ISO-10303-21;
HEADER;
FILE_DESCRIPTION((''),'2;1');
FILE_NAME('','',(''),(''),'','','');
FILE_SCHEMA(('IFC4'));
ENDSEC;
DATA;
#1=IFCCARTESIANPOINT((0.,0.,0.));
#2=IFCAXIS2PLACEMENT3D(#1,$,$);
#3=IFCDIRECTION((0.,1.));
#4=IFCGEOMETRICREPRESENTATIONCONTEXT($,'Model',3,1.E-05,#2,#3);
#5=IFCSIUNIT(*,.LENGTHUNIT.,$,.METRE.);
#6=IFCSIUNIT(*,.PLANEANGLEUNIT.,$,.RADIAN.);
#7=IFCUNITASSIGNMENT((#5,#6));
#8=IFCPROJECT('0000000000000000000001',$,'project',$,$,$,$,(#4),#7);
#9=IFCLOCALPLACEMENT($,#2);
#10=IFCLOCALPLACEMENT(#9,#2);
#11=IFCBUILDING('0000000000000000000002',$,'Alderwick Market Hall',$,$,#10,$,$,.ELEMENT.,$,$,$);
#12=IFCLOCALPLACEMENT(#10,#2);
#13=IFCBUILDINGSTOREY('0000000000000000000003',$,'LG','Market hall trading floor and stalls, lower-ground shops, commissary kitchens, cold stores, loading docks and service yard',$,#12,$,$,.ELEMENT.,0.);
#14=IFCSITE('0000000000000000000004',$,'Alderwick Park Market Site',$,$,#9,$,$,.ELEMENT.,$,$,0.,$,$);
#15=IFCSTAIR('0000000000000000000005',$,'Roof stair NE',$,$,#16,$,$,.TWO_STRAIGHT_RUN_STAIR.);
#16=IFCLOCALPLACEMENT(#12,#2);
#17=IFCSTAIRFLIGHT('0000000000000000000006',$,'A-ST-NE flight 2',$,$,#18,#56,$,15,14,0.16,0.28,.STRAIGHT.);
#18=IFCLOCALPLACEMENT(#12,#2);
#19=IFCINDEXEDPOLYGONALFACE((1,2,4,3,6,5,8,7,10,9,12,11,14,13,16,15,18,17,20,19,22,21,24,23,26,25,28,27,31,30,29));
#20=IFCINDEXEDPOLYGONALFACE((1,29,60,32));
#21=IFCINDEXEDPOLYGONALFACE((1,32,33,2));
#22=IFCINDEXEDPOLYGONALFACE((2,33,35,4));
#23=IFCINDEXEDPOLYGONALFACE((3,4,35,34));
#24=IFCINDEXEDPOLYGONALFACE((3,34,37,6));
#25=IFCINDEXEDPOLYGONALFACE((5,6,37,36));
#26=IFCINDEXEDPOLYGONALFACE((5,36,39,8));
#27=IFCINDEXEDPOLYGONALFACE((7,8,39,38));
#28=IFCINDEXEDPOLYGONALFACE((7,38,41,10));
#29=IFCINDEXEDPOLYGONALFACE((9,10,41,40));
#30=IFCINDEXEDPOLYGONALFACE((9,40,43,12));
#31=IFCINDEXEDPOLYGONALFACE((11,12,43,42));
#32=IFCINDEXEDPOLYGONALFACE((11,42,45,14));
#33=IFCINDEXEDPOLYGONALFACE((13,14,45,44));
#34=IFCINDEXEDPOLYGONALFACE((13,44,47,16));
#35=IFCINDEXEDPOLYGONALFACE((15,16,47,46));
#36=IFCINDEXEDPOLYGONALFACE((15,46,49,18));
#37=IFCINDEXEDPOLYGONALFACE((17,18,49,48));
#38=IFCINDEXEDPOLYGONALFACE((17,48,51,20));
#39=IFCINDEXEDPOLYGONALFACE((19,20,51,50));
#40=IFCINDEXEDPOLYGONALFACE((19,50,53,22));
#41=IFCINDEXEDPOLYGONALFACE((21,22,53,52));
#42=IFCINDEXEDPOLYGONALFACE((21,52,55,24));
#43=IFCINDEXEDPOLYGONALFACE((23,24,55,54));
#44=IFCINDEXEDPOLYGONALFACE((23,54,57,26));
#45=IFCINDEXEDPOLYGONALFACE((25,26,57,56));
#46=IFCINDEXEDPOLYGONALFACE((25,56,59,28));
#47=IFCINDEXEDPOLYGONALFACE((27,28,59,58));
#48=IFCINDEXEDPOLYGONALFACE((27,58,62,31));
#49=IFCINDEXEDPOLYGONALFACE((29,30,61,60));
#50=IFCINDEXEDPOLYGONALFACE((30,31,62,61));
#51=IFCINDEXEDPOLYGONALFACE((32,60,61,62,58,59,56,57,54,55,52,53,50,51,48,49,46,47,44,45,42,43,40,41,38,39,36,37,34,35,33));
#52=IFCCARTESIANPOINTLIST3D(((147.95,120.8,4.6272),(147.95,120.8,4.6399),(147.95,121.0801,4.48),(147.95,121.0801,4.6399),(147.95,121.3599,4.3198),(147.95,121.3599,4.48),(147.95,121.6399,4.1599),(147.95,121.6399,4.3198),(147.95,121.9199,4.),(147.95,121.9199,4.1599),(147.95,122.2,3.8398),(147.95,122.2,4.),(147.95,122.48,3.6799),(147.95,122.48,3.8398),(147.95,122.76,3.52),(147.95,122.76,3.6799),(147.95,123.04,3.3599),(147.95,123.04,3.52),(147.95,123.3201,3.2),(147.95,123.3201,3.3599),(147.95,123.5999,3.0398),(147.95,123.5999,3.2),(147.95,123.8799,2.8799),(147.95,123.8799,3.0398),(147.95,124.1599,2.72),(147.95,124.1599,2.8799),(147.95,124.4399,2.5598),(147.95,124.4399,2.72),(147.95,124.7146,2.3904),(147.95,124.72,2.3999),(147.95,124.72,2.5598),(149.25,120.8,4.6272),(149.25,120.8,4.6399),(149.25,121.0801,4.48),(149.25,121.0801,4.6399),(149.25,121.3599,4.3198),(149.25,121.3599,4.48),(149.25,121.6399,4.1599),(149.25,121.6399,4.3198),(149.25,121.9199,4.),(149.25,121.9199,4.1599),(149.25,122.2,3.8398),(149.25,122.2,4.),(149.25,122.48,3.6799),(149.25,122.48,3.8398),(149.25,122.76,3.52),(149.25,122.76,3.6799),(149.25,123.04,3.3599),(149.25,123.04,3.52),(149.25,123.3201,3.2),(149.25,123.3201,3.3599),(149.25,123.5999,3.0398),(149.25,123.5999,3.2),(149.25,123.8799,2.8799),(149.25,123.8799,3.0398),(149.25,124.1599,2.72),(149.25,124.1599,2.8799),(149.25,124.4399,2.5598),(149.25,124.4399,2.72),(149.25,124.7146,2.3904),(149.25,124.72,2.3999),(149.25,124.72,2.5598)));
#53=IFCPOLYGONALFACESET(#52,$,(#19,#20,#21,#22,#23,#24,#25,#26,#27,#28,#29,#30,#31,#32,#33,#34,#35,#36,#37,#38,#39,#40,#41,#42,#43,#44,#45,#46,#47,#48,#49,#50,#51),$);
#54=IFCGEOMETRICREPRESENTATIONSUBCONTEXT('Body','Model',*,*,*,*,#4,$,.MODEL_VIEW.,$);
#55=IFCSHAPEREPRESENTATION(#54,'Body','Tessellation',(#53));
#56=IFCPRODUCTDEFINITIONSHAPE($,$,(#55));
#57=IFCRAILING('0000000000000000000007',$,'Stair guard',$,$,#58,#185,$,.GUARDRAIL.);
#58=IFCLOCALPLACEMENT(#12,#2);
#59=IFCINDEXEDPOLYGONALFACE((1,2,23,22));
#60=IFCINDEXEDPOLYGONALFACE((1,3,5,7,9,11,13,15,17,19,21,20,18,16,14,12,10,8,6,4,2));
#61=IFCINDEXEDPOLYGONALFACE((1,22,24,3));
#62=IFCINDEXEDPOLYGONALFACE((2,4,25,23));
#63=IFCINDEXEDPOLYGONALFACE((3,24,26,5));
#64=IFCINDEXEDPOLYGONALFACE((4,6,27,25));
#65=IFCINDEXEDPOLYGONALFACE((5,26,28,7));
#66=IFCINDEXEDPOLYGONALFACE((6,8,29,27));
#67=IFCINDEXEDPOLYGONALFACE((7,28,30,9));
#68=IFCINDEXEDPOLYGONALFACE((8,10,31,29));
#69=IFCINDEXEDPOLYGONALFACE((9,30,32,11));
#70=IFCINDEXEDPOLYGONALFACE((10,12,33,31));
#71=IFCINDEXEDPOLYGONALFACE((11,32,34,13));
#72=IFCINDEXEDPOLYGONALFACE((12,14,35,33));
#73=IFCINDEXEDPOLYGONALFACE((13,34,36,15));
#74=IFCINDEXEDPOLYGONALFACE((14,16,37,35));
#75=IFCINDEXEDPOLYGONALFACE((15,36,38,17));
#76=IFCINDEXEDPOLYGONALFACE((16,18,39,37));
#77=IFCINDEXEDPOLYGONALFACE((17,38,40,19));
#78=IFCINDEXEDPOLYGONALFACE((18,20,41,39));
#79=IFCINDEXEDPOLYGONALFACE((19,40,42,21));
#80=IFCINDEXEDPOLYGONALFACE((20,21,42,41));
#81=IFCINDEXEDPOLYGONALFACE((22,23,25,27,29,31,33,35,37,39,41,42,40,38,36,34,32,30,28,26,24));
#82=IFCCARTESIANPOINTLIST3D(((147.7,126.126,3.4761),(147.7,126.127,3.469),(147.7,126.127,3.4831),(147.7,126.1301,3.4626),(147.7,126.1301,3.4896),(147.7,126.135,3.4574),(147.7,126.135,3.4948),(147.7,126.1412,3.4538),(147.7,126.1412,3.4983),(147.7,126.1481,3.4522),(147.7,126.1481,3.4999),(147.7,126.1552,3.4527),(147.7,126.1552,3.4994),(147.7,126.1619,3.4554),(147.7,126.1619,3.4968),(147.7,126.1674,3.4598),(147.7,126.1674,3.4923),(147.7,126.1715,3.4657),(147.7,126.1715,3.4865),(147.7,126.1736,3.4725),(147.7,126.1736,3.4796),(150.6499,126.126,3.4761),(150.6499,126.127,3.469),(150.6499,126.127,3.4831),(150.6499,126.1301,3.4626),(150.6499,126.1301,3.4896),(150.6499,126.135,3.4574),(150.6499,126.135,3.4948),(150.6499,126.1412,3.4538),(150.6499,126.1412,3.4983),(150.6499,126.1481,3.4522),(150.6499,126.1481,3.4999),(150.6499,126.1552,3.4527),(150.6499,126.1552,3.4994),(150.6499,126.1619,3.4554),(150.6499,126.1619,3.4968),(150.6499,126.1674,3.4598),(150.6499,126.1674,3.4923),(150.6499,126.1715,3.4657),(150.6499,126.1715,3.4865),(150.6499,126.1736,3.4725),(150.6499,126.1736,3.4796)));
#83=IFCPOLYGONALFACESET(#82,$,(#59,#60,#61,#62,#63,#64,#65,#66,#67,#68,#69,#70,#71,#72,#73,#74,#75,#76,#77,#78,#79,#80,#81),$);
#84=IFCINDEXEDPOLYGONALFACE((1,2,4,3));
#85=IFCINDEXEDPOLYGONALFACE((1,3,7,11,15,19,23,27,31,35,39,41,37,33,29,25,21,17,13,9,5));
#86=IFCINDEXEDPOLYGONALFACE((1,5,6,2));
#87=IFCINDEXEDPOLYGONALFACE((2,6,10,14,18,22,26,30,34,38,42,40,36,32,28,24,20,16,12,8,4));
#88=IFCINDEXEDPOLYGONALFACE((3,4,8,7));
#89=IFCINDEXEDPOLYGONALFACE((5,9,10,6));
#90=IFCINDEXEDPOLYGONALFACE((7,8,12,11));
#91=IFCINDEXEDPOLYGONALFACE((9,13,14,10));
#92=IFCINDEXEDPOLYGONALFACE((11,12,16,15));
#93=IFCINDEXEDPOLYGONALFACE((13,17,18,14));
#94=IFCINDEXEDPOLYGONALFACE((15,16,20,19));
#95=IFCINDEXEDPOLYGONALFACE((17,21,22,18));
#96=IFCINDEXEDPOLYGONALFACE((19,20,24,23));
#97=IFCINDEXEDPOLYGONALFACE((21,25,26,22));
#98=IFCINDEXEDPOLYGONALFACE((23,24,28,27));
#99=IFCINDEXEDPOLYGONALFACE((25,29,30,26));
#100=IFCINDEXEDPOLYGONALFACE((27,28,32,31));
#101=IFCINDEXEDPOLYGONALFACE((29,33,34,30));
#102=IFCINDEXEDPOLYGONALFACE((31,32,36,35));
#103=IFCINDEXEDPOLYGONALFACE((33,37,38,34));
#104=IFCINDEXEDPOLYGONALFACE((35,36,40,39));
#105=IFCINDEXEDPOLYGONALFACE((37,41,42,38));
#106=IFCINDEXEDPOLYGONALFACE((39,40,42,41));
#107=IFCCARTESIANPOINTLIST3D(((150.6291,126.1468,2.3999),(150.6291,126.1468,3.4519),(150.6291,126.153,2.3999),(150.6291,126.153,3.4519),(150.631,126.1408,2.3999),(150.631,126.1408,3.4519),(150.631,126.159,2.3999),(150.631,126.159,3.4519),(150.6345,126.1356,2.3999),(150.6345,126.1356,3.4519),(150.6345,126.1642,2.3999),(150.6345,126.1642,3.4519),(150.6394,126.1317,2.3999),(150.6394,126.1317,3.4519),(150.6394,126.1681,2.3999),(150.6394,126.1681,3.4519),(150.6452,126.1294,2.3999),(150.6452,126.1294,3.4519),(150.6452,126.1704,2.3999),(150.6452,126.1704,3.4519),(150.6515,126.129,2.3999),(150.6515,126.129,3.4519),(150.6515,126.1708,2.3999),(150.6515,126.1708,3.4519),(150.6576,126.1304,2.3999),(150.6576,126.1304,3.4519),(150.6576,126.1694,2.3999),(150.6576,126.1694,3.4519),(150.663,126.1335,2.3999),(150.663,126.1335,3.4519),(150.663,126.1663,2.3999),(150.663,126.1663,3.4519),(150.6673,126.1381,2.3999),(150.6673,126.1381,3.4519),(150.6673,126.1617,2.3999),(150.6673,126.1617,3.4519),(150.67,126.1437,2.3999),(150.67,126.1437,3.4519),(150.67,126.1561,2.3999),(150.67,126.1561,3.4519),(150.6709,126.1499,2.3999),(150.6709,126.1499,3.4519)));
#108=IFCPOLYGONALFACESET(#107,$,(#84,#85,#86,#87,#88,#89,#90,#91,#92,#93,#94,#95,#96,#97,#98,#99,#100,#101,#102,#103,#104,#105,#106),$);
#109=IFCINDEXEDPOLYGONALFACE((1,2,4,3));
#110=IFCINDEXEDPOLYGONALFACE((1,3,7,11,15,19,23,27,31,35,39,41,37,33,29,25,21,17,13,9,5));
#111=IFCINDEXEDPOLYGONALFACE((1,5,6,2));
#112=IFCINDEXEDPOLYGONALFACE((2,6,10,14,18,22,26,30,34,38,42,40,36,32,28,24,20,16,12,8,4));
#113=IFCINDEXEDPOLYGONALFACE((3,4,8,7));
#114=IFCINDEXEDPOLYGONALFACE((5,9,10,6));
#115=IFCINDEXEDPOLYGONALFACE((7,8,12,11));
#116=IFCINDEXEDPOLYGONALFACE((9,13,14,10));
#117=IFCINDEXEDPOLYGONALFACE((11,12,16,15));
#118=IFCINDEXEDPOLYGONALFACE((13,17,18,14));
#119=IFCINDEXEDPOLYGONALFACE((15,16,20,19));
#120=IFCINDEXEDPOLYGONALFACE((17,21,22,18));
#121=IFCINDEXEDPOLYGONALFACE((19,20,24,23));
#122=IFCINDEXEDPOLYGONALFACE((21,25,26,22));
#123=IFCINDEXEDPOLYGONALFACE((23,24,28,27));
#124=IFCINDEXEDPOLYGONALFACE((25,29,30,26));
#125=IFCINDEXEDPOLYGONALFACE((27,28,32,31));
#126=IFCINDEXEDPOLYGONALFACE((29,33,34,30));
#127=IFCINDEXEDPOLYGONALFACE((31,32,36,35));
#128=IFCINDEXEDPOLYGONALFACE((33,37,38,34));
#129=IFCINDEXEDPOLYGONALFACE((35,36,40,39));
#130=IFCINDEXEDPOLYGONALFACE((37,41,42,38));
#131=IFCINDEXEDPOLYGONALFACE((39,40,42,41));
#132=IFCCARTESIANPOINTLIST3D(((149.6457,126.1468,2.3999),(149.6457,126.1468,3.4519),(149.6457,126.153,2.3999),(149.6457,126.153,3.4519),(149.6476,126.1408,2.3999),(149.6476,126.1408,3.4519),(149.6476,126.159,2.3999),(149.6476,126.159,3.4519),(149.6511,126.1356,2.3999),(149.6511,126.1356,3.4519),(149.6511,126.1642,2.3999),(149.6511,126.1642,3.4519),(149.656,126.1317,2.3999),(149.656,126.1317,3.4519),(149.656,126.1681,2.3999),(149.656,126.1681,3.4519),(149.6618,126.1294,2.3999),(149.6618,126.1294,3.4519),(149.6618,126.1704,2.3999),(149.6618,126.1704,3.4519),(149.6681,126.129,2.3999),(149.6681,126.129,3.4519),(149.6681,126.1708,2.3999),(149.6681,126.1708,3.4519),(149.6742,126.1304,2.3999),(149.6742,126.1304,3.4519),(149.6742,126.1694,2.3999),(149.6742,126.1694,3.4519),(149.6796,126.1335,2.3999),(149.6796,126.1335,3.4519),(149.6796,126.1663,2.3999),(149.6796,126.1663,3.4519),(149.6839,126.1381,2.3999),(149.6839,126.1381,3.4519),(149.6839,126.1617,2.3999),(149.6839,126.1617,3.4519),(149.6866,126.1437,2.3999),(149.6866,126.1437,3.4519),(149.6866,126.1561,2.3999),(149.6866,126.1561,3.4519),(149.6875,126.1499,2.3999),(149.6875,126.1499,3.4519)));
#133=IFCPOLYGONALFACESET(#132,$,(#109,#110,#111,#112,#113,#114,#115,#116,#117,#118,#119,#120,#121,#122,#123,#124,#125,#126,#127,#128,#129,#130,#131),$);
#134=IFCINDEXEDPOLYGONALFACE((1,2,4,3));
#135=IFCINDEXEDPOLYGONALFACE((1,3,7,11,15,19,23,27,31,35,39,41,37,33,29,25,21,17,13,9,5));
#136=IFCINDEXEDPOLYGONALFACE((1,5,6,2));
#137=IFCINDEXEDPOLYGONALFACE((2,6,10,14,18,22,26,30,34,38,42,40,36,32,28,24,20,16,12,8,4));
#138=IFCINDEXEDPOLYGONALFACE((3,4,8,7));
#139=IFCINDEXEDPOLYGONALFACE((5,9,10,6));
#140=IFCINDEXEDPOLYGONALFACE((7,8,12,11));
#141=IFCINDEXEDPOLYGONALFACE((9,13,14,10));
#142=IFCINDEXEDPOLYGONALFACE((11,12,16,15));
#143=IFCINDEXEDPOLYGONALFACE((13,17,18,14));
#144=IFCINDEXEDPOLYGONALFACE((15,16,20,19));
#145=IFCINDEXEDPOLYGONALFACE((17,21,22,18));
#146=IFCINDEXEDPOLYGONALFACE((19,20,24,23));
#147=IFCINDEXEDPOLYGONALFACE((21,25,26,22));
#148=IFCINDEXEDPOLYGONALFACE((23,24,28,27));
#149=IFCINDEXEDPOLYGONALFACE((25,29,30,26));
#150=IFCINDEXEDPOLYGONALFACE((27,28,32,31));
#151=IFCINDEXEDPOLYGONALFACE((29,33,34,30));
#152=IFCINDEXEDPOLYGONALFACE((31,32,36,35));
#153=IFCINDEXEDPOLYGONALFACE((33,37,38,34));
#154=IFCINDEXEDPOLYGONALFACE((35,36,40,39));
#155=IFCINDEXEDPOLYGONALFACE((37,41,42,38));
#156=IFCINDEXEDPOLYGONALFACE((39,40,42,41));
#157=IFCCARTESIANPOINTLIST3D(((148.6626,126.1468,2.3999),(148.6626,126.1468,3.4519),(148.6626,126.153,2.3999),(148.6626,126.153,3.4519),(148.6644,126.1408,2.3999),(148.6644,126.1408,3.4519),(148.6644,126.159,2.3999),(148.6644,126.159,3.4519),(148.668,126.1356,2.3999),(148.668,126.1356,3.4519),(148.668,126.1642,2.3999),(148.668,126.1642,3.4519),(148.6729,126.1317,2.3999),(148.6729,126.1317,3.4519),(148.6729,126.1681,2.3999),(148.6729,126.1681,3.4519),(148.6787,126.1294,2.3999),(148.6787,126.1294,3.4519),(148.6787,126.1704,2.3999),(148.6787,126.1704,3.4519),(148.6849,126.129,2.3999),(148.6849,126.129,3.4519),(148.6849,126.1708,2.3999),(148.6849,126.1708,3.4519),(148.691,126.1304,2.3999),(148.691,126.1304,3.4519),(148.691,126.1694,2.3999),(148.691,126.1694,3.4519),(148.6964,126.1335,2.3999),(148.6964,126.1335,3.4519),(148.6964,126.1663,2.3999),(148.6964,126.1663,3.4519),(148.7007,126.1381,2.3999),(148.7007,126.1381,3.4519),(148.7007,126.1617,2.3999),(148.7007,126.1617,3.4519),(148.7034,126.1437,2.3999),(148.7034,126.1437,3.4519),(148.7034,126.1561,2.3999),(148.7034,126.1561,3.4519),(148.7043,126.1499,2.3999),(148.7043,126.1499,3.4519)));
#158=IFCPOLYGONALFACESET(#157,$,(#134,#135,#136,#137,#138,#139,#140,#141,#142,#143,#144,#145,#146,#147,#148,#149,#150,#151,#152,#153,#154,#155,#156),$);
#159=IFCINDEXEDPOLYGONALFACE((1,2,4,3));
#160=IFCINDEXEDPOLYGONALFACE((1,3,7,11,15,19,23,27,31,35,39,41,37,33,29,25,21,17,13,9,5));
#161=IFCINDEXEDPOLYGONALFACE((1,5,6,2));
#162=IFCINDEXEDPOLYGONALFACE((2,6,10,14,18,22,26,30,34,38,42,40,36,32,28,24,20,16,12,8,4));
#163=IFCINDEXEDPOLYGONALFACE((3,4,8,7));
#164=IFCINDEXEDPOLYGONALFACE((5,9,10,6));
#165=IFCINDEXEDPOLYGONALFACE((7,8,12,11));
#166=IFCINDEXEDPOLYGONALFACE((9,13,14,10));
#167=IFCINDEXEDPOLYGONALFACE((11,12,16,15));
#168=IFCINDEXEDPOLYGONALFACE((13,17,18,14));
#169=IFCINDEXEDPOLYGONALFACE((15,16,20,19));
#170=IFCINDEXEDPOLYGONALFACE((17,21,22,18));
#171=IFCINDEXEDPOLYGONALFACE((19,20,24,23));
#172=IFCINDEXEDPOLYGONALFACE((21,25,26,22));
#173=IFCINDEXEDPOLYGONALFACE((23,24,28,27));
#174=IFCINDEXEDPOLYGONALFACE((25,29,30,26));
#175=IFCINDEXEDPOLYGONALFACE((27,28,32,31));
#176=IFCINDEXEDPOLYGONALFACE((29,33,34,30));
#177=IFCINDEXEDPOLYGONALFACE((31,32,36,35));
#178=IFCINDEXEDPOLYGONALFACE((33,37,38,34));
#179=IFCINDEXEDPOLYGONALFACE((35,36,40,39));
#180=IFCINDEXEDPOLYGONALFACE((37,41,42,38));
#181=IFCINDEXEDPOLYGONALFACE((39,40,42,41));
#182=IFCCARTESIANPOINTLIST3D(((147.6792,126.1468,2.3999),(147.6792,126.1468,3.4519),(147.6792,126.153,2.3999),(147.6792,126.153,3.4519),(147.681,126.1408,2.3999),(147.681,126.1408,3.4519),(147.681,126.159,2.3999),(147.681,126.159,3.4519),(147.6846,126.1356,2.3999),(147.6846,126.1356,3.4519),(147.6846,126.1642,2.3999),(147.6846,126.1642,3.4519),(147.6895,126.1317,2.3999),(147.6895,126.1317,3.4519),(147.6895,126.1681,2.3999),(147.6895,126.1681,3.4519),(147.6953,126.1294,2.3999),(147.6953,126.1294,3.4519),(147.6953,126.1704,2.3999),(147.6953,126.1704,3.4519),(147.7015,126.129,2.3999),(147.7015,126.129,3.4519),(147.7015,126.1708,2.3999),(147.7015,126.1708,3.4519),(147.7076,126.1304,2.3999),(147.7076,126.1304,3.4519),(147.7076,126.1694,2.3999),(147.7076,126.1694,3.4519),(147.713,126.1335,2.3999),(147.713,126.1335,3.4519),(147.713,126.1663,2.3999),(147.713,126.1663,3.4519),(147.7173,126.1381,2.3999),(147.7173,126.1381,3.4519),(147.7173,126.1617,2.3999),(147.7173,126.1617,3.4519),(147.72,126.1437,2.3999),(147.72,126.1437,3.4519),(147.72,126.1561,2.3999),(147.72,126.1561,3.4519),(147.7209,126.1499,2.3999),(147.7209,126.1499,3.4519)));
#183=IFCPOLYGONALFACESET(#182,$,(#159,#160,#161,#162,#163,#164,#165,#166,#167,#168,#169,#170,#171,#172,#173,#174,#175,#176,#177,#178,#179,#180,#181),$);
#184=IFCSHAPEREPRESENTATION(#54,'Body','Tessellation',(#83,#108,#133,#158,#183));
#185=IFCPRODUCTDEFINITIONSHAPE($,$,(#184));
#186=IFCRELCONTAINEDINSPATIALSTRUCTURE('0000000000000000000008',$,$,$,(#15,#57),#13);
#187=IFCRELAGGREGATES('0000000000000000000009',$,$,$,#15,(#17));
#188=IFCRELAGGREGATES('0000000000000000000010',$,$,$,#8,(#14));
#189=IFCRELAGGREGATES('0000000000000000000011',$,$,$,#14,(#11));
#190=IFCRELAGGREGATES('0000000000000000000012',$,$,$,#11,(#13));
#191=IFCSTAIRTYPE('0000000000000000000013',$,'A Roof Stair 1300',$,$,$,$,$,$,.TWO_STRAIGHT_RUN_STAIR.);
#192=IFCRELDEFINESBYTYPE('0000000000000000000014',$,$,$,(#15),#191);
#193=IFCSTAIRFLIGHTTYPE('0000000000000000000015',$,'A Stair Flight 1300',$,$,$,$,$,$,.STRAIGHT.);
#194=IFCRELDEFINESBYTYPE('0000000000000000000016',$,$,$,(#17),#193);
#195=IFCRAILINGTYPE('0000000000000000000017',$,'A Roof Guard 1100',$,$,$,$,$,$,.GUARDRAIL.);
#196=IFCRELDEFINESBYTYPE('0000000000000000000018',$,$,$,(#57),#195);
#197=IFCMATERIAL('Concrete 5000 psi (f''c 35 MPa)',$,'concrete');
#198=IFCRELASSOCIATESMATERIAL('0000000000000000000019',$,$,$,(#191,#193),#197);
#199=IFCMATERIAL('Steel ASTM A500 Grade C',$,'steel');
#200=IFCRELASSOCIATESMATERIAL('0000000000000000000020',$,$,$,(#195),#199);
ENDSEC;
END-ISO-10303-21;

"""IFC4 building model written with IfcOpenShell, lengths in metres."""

from ifc_helpers import new_model, si_unit, direction, frame, origin, origin_2d, place, context, subcontext, project, spatial, polyline, circle, outline, extrude, material, type_object, element, aggregate, save


model = new_model("IFC4")

# Units and contexts
model_context = context("Model", 3, precision=1e-05, world=origin(), true_north=direction((0.0, 1.0)))
body_context = subcontext(model_context, "Body", "Model", "MODEL_VIEW")
ifc_project = project(units=[si_unit("LENGTHUNIT", "METRE"), si_unit("PLANEANGLEUNIT", "RADIAN")], contexts=[model_context])

# Site, building, storey
site_placement = place(None, origin())
site = spatial("IfcSite", under=ifc_project, at=site_placement, Name="Alderwick Park Market Site", CompositionType="ELEMENT", RefElevation=0.0)
building_placement = place(site_placement, origin())
building = spatial("IfcBuilding", under=site, at=building_placement, Name="Alderwick Market Hall", CompositionType="ELEMENT")
storey_placement = place(building_placement, origin())
storey = spatial("IfcBuildingStorey", under=building, at=storey_placement, Name="LG", Description="Market hall trading floor and stalls, lower-ground shops, commissary kitchens, cold stores, loading docks and service yard", CompositionType="ELEMENT", Elevation=0.0)

# Shared definitions
ifc_material_1 = material(Name="Concrete 5000 psi (f'c 35 MPa)", Category="concrete")

# Stair, stair flight
stair_type = type_object("IfcStairType", Name="A Roof Stair 1300", PredefinedType="TWO_STRAIGHT_RUN_STAIR", material=ifc_material_1)
stair_placement = place(storey_placement, origin())
stair = element("IfcStair", 1, at=stair_placement, inside=storey, type_object=stair_type, Name="Roof stair NE", PredefinedType="TWO_STRAIGHT_RUN_STAIR")
stair_flight_type = type_object("IfcStairFlightType", Name="A Stair Flight 1300", PredefinedType="STRAIGHT", material=ifc_material_1)
stair_flight_placement = place(storey_placement, frame((148.6001, 124.72, 2.3999), z_axis=(0.0, 0.0, 1.0), x_axis=(0.0, -1.0, 0.0)))
stair_flight = element("IfcStairFlight", 2, at=stair_flight_placement, type_object=stair_flight_type, Name="A-ST-NE flight 2", NumberOfRisers=15, NumberOfTreads=14, PredefinedType="STRAIGHT", RiserHeight=0.16, TreadLength=0.28, context=body_context, shape_type="SweptSolid", body=[
    extrude(outline(polyline([(0.0054, -0.0095), (0.0, 0.0), (0.0, 0.1599), (0.28, 0.1599), (0.28, 0.3201), (0.5601, 0.3201), (0.5601, 0.48), (0.8401, 0.48), (0.8401, 0.6399), (1.1201, 0.6399), (1.1201, 0.8), (1.3999, 0.8), (1.3999, 0.96), (1.6799, 0.96), (1.6799, 1.1201), (1.96, 1.1201), (1.96, 1.28), (2.24, 1.28), (2.24, 1.4399), (2.52, 1.4399), (2.52, 1.6001), (2.8, 1.6001), (2.8, 1.76), (3.0801, 1.76), (3.0801, 1.9199), (3.3601, 1.9199), (3.3601, 2.0801), (3.6399, 2.0801), (3.6399, 2.24), (3.9199, 2.24), (3.9199, 2.2273), (0.0054, -0.0095)])), frame((0.0, 0.6499, 0.0), z_axis=(0.0, -1.0, 0.0), x_axis=(1.0, 0.0, 0.0)), (0.0, 0.0, 1.0), 1.3),
])
aggregate(stair, [stair_flight])

# Railing
ifc_material_2 = material(Name="Steel ASTM A500 Grade C", Category="steel")
railing_type = type_object("IfcRailingType", Name="A Roof Guard 1100", PredefinedType="GUARDRAIL", material=ifc_material_2)
railing_1_placement = place(storey_placement, frame((150.6499, 126.1499, 2.3999)))
element("IfcRailing", 3, at=railing_1_placement, inside=storey, type_object=railing_type, Name="Stair guard", PredefinedType="GUARDRAIL", context=body_context, shape_type="SweptSolid", body=[
    extrude(circle(Radius=0.0239, at=origin_2d()), frame((0.0, 0.0, 1.0762), z_axis=(-1.0, 0.0, 0.0), x_axis=(0.0, -1.0, 0.0)), (0.0, 0.0, 1.0), 2.95),
    extrude(circle(Radius=0.021, at=origin_2d()), origin(), (0.0, 0.0, 1.0), 1.052),
    extrude(circle(Radius=0.021, at=origin_2d()), frame((-0.9834, 0.0, 0.0)), (0.0, 0.0, 1.0), 1.052),
    extrude(circle(Radius=0.021, at=origin_2d()), frame((-1.9666, 0.0, 0.0)), (0.0, 0.0, 1.0), 1.052),
    extrude(circle(Radius=0.021, at=origin_2d()), frame((-2.95, 0.0, 0.0)), (0.0, 0.0, 1.0), 1.052),
])

save(model, "model.ifc")
